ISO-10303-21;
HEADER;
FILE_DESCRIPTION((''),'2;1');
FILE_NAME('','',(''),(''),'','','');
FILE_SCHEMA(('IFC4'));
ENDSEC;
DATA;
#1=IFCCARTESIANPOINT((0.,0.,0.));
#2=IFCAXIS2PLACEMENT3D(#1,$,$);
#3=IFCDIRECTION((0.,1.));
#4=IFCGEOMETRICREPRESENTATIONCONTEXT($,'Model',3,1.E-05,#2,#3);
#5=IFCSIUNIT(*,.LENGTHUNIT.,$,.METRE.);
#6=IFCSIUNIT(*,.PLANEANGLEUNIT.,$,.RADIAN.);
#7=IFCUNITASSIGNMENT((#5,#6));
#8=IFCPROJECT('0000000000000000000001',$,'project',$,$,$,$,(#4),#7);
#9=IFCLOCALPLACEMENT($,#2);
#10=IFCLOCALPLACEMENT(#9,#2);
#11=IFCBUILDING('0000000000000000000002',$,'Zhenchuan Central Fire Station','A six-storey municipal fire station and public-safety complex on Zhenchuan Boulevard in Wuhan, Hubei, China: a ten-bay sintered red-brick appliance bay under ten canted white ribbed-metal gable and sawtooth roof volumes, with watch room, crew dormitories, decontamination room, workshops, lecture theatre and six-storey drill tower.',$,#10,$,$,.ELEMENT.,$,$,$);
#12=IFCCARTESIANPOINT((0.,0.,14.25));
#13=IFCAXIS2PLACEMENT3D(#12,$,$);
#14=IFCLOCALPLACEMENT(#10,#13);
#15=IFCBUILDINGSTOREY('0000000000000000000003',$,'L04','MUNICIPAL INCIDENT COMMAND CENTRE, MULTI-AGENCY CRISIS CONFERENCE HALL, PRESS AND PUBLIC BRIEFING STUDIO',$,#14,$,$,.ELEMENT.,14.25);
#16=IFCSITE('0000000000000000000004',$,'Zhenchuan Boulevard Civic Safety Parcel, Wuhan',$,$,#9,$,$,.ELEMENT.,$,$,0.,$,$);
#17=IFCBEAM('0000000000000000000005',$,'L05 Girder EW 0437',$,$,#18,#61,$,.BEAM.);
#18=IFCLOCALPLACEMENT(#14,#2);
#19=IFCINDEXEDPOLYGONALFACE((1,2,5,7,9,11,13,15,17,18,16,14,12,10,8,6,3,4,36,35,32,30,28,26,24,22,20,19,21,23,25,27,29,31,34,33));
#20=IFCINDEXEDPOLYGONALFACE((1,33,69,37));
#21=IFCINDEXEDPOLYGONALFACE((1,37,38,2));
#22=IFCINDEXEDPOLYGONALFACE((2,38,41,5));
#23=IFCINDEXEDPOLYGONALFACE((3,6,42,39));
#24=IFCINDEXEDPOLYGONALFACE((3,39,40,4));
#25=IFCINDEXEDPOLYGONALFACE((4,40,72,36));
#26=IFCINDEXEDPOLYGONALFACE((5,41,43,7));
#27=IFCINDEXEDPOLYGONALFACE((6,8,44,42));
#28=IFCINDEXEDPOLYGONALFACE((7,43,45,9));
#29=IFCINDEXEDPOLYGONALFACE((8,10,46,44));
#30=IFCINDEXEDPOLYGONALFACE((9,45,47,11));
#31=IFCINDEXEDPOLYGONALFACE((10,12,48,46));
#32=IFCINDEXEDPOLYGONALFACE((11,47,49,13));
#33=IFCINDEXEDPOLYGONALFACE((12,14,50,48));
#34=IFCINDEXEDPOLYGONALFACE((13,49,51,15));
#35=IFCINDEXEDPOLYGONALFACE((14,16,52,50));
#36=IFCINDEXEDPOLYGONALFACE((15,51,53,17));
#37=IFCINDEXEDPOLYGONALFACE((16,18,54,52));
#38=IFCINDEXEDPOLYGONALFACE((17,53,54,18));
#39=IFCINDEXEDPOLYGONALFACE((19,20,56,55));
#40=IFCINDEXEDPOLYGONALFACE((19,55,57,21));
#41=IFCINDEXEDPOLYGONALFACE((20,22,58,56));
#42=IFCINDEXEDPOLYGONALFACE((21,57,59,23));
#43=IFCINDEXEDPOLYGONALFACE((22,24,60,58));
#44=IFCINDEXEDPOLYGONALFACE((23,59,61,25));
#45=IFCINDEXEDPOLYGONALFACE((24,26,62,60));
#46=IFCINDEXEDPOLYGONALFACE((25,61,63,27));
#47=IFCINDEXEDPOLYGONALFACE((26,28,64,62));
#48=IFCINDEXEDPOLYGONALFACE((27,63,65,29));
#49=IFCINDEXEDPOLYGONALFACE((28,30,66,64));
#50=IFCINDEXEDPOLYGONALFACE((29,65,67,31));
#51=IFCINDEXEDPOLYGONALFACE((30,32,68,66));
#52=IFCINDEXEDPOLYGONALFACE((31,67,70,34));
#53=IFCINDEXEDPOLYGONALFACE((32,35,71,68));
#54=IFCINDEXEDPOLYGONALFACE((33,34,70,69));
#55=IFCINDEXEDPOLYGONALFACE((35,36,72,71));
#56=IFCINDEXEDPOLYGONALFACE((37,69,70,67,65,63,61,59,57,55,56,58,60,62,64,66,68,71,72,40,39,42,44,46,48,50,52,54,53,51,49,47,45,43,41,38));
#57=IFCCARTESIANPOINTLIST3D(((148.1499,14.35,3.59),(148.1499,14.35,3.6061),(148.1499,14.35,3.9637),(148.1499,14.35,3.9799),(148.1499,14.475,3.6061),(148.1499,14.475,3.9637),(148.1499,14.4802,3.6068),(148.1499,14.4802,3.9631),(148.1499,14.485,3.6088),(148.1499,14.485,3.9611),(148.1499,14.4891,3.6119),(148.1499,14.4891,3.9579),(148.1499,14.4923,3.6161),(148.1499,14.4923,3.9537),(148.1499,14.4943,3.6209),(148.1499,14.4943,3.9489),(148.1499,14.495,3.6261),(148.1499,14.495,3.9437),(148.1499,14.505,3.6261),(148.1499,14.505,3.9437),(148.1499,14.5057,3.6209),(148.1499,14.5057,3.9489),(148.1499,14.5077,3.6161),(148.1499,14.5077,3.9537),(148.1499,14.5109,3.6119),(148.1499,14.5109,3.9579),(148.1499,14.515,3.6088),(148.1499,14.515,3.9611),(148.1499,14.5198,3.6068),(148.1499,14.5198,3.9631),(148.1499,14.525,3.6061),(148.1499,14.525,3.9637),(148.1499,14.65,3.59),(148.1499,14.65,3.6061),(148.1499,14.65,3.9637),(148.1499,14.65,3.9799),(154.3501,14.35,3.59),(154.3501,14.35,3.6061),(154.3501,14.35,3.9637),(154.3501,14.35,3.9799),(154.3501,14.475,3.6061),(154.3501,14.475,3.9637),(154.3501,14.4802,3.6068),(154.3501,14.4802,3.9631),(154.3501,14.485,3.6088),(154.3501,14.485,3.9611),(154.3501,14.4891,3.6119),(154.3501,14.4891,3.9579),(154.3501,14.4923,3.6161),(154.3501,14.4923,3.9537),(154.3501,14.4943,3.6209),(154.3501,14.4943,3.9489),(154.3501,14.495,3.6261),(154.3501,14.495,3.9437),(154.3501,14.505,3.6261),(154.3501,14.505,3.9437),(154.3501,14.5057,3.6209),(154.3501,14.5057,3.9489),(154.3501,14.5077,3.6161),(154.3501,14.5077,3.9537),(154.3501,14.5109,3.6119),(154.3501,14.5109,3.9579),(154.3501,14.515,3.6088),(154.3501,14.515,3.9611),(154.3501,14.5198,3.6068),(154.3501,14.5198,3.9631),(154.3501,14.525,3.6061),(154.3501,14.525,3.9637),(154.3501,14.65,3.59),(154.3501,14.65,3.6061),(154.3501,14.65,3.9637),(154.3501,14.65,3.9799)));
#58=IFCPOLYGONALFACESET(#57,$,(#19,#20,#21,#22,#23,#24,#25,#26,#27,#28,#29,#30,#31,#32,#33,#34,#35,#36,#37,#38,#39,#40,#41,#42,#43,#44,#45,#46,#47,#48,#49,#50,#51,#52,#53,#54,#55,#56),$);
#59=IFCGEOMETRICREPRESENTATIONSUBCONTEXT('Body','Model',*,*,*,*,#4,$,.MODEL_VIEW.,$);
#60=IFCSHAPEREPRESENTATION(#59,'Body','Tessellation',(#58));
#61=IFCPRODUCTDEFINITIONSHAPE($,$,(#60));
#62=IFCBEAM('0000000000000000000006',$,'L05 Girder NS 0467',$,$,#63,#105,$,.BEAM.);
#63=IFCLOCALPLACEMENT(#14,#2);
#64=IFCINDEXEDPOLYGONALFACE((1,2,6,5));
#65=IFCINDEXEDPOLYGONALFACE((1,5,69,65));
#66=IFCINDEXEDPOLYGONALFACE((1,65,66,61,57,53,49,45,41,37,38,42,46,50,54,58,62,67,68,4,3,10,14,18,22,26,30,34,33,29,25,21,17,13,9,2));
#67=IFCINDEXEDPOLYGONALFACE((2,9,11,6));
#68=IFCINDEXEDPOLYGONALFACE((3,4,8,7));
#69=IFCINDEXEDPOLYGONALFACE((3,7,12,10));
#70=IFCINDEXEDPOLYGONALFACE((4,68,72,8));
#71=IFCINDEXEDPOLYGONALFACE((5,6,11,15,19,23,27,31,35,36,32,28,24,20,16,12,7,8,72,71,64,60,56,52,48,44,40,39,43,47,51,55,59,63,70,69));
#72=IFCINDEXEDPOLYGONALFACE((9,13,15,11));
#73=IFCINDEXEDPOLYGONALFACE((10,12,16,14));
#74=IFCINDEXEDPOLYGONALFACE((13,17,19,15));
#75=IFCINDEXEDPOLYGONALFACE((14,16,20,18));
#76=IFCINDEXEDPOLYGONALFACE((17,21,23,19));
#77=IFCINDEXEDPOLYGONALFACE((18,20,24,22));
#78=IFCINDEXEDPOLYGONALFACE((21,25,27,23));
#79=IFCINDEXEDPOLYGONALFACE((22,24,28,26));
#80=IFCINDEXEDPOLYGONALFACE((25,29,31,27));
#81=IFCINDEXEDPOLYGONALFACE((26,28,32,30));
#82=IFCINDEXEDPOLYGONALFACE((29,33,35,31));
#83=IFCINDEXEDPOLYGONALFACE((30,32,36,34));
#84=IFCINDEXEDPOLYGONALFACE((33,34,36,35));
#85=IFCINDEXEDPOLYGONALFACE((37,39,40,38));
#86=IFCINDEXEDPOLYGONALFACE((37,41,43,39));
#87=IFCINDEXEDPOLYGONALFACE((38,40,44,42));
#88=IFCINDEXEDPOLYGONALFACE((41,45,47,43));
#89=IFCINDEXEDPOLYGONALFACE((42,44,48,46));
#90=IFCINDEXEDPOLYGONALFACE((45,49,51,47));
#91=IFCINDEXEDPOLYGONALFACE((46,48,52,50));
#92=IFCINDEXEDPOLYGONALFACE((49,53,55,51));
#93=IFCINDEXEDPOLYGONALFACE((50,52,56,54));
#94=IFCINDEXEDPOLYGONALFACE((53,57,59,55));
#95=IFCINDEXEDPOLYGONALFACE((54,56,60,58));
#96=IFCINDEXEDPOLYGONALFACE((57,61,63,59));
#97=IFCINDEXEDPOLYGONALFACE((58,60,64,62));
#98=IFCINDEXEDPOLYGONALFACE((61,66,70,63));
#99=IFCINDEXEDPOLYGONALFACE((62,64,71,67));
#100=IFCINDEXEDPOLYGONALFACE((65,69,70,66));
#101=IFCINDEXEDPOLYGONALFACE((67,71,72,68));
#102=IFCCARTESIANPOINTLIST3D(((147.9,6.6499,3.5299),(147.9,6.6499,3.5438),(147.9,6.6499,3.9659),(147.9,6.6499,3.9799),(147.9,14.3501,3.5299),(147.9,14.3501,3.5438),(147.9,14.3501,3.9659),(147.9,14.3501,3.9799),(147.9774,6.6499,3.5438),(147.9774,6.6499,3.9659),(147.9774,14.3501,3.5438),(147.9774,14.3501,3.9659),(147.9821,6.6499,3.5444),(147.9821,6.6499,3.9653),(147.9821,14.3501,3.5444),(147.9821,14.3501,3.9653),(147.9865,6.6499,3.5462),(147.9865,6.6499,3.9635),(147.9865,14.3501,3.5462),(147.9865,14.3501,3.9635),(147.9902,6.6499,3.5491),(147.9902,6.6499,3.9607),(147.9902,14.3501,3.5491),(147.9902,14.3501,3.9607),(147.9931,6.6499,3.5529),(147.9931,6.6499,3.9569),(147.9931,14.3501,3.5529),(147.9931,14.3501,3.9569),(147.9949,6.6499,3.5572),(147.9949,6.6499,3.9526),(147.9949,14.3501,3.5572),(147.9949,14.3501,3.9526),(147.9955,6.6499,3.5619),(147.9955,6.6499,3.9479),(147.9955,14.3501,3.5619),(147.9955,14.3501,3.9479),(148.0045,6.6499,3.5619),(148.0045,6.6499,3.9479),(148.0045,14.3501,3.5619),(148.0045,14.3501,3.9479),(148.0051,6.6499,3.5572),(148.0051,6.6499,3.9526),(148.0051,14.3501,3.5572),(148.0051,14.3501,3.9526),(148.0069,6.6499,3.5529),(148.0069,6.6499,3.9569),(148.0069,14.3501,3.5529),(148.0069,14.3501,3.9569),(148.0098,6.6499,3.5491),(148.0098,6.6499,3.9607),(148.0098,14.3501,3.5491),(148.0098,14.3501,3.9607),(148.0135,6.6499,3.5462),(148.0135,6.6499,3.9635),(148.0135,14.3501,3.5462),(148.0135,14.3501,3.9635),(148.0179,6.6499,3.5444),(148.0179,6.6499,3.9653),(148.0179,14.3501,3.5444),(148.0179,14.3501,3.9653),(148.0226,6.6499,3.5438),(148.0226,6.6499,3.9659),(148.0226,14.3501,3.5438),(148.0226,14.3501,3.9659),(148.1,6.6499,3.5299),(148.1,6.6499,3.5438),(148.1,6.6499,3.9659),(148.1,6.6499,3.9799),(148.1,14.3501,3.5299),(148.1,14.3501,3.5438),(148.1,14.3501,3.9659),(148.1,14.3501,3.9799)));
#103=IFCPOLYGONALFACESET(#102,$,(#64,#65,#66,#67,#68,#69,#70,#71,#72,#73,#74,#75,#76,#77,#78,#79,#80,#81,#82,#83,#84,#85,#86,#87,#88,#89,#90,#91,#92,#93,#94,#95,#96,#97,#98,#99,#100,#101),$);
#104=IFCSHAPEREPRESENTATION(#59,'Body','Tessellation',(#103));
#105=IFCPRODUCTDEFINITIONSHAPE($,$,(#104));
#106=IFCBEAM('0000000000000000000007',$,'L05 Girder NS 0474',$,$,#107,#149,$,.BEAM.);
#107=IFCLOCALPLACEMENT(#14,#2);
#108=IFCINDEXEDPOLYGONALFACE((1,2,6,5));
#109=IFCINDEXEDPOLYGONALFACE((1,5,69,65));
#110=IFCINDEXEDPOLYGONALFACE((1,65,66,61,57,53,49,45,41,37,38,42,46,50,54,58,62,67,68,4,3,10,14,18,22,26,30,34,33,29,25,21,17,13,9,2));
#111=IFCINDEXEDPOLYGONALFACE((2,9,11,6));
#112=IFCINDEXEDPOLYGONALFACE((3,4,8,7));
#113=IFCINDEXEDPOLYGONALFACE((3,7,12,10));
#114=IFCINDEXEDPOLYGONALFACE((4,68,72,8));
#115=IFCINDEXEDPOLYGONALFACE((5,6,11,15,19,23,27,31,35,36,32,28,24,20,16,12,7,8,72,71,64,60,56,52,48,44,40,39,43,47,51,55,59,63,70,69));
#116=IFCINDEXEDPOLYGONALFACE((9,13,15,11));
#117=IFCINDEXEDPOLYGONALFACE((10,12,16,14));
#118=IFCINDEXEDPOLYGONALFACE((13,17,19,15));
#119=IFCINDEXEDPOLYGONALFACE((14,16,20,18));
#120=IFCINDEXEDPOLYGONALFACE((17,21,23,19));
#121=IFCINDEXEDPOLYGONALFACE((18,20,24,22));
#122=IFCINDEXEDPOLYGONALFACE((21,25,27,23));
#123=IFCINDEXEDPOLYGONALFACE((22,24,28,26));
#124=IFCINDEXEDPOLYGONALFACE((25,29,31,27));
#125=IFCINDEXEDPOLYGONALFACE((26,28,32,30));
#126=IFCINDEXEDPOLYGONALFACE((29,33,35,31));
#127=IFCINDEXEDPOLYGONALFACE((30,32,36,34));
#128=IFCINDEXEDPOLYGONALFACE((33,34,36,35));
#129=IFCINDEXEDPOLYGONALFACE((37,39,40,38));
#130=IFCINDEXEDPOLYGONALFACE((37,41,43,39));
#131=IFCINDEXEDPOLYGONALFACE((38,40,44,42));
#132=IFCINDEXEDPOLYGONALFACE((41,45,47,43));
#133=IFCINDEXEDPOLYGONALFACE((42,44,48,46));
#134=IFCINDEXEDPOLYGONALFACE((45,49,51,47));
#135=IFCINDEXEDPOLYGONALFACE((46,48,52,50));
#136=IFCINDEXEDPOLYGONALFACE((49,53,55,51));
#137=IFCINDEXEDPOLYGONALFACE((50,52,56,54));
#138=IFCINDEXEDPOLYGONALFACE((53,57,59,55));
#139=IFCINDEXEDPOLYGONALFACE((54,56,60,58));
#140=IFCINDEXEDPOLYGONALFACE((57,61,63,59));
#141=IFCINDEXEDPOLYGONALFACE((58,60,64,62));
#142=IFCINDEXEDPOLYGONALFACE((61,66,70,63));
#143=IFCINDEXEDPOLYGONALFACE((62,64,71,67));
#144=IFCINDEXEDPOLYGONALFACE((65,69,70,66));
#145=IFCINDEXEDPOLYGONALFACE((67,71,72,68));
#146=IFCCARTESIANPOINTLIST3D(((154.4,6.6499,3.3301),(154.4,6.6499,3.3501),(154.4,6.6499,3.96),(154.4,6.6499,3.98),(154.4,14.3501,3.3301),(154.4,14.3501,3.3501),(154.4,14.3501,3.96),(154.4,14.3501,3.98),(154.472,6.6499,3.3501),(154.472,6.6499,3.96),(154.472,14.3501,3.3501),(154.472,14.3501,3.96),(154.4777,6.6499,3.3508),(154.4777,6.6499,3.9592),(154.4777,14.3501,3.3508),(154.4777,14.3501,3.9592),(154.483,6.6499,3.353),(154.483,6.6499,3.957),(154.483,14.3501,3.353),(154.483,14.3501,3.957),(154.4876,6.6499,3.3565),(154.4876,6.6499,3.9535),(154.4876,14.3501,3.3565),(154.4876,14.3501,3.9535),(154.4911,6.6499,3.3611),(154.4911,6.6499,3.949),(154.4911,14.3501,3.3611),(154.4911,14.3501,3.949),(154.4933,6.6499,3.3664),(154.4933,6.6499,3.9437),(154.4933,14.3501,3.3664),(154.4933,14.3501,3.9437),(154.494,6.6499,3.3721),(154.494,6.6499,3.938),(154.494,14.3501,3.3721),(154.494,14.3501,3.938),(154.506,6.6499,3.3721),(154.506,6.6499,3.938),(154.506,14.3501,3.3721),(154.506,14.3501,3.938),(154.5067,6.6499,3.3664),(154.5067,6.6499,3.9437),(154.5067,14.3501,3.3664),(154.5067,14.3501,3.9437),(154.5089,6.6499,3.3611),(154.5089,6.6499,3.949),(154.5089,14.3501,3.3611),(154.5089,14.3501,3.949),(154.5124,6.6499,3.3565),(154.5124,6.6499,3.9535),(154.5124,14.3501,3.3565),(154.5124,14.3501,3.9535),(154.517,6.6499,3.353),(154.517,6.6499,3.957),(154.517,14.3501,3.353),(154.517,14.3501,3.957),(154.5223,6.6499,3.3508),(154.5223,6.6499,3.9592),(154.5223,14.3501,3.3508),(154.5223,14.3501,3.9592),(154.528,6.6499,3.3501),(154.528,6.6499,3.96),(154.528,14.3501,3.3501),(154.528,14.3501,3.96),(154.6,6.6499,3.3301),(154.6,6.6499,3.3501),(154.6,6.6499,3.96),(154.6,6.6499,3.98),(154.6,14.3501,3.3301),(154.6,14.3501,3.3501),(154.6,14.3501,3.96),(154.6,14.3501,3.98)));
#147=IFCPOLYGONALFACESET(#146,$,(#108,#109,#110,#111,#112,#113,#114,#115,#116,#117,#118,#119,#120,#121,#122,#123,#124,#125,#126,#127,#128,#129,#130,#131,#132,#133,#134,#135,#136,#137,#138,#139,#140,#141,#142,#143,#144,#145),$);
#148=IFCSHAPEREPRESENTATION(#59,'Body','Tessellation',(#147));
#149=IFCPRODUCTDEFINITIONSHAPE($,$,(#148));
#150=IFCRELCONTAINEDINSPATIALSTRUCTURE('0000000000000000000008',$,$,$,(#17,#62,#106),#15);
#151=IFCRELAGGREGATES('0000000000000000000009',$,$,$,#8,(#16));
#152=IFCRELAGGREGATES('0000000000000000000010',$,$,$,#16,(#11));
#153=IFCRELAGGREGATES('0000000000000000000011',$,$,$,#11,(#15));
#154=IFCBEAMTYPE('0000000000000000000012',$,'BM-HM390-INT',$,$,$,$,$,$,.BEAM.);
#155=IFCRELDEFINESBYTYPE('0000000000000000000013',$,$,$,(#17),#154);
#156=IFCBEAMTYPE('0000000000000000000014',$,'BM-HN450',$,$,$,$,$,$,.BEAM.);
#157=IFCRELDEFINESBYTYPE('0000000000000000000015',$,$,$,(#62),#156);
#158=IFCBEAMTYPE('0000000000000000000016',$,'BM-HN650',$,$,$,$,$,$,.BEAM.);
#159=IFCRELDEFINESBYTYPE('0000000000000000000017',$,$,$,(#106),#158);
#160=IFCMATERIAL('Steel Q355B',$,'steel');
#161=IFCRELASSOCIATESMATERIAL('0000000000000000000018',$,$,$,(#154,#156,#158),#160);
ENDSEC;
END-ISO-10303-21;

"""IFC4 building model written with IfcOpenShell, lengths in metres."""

from ifc_helpers import new_model, si_unit, direction, frame, origin, origin_2d, place, context, subcontext, project, spatial, i_section, extrude, material, material_profile, profile_set, type_object, element, save


model = new_model("IFC4")

# Units and contexts
model_context = context("Model", 3, precision=1e-05, world=origin(), true_north=direction((0.0, 1.0)))
body_context = subcontext(model_context, "Body", "Model", "MODEL_VIEW")
ifc_project = project(units=[si_unit("LENGTHUNIT", "METRE"), si_unit("PLANEANGLEUNIT", "RADIAN")], contexts=[model_context])

# Site, building, storey
site_placement = place(None, origin())
site = spatial("IfcSite", under=ifc_project, at=site_placement, Name="Zhenchuan Boulevard Civic Safety Parcel, Wuhan", CompositionType="ELEMENT", RefElevation=0.0)
building_placement = place(site_placement, origin())
building = spatial("IfcBuilding", under=site, at=building_placement, Name="Zhenchuan Central Fire Station", Description="A six-storey municipal fire station and public-safety complex on Zhenchuan Boulevard in Wuhan, Hubei, China: a ten-bay sintered red-brick appliance bay under ten canted white ribbed-metal gable and sawtooth roof volumes, with watch room, crew dormitories, decontamination room, workshops, lecture theatre and six-storey drill tower.", CompositionType="ELEMENT")
storey_placement = place(building_placement, frame((0.0, 0.0, 14.25)))
storey = spatial("IfcBuildingStorey", under=building, at=storey_placement, Name="L04", Description="MUNICIPAL INCIDENT COMMAND CENTRE, MULTI-AGENCY CRISIS CONFERENCE HALL, PRESS AND PUBLIC BRIEFING STUDIO", CompositionType="ELEMENT", Elevation=14.25)

# Shared definitions
ifc_material_1 = material(Name="Steel Q355B", Category="steel")

# Beams
ifc_material_profile_1 = material_profile(ifc_material_1, i_section(OverallWidth=0.3, OverallDepth=0.3899, WebThickness=0.01, FlangeThickness=0.0161, FilletRadius=0.02, at=origin_2d()), Name="HM 390x300")
ifc_profile_set_1 = profile_set([ifc_material_profile_1], Name="Steel Q355B")
beam_type_1 = type_object("IfcBeamType", Name="BM-HM390-INT", PredefinedType="BEAM", material=ifc_profile_set_1)
beam_1_placement = place(storey_placement, frame((148.1499, 14.5, 3.7849), z_axis=(1.0, 0.0, 0.0), x_axis=(0.0, 1.0, 0.0)))
element("IfcBeam", 1, at=beam_1_placement, inside=storey, type_object=beam_type_1, Name="L05 Girder EW 0437", PredefinedType="BEAM", context=body_context, shape_type="SweptSolid", body=[
    extrude(i_section(OverallWidth=0.3, OverallDepth=0.3899, WebThickness=0.01, FlangeThickness=0.0161, FilletRadius=0.02, at=origin_2d()), origin(), (0.0, 0.0, 1.0), 6.2002),
])
ifc_material_profile_2 = material_profile(ifc_material_1, i_section(OverallWidth=0.2, OverallDepth=0.45, WebThickness=0.009, FlangeThickness=0.0139, FilletRadius=0.0181, at=origin_2d()), Name="HN 450x200")
ifc_profile_set_2 = profile_set([ifc_material_profile_2], Name="Steel Q355B")
beam_type_2 = type_object("IfcBeamType", Name="BM-HN450", PredefinedType="BEAM", material=ifc_profile_set_2)
beam_2_placement = place(storey_placement, frame((148.0, 6.6499, 3.7549), z_axis=(0.0, 1.0, 0.0), x_axis=(-1.0, 0.0, 0.0)))
element("IfcBeam", 2, at=beam_2_placement, inside=storey, type_object=beam_type_2, Name="L05 Girder NS 0467", PredefinedType="BEAM", context=body_context, shape_type="SweptSolid", body=[
    extrude(i_section(OverallWidth=0.2, OverallDepth=0.45, WebThickness=0.009, FlangeThickness=0.0139, FilletRadius=0.0181, at=origin_2d()), origin(), (0.0, 0.0, 1.0), 7.7002),
])
ifc_material_profile_3 = material_profile(ifc_material_1, i_section(OverallWidth=0.2, OverallDepth=0.6499, WebThickness=0.012, FlangeThickness=0.02, FilletRadius=0.022, at=origin_2d()), Name="HN 650x200")
ifc_profile_set_3 = profile_set([ifc_material_profile_3], Name="Steel Q355B")
beam_type_3 = type_object("IfcBeamType", Name="BM-HN650", PredefinedType="BEAM", material=ifc_profile_set_3)
beam_3_placement = place(storey_placement, frame((154.5, 6.6499, 3.655), z_axis=(0.0, 1.0, 0.0), x_axis=(-1.0, 0.0, 0.0)))
element("IfcBeam", 3, at=beam_3_placement, inside=storey, type_object=beam_type_3, Name="L05 Girder NS 0474", PredefinedType="BEAM", context=body_context, shape_type="SweptSolid", body=[
    extrude(i_section(OverallWidth=0.2, OverallDepth=0.6499, WebThickness=0.012, FlangeThickness=0.02, FilletRadius=0.022, at=origin_2d()), origin(), (0.0, 0.0, 1.0), 7.7002),
])

save(model, "model.ifc")
